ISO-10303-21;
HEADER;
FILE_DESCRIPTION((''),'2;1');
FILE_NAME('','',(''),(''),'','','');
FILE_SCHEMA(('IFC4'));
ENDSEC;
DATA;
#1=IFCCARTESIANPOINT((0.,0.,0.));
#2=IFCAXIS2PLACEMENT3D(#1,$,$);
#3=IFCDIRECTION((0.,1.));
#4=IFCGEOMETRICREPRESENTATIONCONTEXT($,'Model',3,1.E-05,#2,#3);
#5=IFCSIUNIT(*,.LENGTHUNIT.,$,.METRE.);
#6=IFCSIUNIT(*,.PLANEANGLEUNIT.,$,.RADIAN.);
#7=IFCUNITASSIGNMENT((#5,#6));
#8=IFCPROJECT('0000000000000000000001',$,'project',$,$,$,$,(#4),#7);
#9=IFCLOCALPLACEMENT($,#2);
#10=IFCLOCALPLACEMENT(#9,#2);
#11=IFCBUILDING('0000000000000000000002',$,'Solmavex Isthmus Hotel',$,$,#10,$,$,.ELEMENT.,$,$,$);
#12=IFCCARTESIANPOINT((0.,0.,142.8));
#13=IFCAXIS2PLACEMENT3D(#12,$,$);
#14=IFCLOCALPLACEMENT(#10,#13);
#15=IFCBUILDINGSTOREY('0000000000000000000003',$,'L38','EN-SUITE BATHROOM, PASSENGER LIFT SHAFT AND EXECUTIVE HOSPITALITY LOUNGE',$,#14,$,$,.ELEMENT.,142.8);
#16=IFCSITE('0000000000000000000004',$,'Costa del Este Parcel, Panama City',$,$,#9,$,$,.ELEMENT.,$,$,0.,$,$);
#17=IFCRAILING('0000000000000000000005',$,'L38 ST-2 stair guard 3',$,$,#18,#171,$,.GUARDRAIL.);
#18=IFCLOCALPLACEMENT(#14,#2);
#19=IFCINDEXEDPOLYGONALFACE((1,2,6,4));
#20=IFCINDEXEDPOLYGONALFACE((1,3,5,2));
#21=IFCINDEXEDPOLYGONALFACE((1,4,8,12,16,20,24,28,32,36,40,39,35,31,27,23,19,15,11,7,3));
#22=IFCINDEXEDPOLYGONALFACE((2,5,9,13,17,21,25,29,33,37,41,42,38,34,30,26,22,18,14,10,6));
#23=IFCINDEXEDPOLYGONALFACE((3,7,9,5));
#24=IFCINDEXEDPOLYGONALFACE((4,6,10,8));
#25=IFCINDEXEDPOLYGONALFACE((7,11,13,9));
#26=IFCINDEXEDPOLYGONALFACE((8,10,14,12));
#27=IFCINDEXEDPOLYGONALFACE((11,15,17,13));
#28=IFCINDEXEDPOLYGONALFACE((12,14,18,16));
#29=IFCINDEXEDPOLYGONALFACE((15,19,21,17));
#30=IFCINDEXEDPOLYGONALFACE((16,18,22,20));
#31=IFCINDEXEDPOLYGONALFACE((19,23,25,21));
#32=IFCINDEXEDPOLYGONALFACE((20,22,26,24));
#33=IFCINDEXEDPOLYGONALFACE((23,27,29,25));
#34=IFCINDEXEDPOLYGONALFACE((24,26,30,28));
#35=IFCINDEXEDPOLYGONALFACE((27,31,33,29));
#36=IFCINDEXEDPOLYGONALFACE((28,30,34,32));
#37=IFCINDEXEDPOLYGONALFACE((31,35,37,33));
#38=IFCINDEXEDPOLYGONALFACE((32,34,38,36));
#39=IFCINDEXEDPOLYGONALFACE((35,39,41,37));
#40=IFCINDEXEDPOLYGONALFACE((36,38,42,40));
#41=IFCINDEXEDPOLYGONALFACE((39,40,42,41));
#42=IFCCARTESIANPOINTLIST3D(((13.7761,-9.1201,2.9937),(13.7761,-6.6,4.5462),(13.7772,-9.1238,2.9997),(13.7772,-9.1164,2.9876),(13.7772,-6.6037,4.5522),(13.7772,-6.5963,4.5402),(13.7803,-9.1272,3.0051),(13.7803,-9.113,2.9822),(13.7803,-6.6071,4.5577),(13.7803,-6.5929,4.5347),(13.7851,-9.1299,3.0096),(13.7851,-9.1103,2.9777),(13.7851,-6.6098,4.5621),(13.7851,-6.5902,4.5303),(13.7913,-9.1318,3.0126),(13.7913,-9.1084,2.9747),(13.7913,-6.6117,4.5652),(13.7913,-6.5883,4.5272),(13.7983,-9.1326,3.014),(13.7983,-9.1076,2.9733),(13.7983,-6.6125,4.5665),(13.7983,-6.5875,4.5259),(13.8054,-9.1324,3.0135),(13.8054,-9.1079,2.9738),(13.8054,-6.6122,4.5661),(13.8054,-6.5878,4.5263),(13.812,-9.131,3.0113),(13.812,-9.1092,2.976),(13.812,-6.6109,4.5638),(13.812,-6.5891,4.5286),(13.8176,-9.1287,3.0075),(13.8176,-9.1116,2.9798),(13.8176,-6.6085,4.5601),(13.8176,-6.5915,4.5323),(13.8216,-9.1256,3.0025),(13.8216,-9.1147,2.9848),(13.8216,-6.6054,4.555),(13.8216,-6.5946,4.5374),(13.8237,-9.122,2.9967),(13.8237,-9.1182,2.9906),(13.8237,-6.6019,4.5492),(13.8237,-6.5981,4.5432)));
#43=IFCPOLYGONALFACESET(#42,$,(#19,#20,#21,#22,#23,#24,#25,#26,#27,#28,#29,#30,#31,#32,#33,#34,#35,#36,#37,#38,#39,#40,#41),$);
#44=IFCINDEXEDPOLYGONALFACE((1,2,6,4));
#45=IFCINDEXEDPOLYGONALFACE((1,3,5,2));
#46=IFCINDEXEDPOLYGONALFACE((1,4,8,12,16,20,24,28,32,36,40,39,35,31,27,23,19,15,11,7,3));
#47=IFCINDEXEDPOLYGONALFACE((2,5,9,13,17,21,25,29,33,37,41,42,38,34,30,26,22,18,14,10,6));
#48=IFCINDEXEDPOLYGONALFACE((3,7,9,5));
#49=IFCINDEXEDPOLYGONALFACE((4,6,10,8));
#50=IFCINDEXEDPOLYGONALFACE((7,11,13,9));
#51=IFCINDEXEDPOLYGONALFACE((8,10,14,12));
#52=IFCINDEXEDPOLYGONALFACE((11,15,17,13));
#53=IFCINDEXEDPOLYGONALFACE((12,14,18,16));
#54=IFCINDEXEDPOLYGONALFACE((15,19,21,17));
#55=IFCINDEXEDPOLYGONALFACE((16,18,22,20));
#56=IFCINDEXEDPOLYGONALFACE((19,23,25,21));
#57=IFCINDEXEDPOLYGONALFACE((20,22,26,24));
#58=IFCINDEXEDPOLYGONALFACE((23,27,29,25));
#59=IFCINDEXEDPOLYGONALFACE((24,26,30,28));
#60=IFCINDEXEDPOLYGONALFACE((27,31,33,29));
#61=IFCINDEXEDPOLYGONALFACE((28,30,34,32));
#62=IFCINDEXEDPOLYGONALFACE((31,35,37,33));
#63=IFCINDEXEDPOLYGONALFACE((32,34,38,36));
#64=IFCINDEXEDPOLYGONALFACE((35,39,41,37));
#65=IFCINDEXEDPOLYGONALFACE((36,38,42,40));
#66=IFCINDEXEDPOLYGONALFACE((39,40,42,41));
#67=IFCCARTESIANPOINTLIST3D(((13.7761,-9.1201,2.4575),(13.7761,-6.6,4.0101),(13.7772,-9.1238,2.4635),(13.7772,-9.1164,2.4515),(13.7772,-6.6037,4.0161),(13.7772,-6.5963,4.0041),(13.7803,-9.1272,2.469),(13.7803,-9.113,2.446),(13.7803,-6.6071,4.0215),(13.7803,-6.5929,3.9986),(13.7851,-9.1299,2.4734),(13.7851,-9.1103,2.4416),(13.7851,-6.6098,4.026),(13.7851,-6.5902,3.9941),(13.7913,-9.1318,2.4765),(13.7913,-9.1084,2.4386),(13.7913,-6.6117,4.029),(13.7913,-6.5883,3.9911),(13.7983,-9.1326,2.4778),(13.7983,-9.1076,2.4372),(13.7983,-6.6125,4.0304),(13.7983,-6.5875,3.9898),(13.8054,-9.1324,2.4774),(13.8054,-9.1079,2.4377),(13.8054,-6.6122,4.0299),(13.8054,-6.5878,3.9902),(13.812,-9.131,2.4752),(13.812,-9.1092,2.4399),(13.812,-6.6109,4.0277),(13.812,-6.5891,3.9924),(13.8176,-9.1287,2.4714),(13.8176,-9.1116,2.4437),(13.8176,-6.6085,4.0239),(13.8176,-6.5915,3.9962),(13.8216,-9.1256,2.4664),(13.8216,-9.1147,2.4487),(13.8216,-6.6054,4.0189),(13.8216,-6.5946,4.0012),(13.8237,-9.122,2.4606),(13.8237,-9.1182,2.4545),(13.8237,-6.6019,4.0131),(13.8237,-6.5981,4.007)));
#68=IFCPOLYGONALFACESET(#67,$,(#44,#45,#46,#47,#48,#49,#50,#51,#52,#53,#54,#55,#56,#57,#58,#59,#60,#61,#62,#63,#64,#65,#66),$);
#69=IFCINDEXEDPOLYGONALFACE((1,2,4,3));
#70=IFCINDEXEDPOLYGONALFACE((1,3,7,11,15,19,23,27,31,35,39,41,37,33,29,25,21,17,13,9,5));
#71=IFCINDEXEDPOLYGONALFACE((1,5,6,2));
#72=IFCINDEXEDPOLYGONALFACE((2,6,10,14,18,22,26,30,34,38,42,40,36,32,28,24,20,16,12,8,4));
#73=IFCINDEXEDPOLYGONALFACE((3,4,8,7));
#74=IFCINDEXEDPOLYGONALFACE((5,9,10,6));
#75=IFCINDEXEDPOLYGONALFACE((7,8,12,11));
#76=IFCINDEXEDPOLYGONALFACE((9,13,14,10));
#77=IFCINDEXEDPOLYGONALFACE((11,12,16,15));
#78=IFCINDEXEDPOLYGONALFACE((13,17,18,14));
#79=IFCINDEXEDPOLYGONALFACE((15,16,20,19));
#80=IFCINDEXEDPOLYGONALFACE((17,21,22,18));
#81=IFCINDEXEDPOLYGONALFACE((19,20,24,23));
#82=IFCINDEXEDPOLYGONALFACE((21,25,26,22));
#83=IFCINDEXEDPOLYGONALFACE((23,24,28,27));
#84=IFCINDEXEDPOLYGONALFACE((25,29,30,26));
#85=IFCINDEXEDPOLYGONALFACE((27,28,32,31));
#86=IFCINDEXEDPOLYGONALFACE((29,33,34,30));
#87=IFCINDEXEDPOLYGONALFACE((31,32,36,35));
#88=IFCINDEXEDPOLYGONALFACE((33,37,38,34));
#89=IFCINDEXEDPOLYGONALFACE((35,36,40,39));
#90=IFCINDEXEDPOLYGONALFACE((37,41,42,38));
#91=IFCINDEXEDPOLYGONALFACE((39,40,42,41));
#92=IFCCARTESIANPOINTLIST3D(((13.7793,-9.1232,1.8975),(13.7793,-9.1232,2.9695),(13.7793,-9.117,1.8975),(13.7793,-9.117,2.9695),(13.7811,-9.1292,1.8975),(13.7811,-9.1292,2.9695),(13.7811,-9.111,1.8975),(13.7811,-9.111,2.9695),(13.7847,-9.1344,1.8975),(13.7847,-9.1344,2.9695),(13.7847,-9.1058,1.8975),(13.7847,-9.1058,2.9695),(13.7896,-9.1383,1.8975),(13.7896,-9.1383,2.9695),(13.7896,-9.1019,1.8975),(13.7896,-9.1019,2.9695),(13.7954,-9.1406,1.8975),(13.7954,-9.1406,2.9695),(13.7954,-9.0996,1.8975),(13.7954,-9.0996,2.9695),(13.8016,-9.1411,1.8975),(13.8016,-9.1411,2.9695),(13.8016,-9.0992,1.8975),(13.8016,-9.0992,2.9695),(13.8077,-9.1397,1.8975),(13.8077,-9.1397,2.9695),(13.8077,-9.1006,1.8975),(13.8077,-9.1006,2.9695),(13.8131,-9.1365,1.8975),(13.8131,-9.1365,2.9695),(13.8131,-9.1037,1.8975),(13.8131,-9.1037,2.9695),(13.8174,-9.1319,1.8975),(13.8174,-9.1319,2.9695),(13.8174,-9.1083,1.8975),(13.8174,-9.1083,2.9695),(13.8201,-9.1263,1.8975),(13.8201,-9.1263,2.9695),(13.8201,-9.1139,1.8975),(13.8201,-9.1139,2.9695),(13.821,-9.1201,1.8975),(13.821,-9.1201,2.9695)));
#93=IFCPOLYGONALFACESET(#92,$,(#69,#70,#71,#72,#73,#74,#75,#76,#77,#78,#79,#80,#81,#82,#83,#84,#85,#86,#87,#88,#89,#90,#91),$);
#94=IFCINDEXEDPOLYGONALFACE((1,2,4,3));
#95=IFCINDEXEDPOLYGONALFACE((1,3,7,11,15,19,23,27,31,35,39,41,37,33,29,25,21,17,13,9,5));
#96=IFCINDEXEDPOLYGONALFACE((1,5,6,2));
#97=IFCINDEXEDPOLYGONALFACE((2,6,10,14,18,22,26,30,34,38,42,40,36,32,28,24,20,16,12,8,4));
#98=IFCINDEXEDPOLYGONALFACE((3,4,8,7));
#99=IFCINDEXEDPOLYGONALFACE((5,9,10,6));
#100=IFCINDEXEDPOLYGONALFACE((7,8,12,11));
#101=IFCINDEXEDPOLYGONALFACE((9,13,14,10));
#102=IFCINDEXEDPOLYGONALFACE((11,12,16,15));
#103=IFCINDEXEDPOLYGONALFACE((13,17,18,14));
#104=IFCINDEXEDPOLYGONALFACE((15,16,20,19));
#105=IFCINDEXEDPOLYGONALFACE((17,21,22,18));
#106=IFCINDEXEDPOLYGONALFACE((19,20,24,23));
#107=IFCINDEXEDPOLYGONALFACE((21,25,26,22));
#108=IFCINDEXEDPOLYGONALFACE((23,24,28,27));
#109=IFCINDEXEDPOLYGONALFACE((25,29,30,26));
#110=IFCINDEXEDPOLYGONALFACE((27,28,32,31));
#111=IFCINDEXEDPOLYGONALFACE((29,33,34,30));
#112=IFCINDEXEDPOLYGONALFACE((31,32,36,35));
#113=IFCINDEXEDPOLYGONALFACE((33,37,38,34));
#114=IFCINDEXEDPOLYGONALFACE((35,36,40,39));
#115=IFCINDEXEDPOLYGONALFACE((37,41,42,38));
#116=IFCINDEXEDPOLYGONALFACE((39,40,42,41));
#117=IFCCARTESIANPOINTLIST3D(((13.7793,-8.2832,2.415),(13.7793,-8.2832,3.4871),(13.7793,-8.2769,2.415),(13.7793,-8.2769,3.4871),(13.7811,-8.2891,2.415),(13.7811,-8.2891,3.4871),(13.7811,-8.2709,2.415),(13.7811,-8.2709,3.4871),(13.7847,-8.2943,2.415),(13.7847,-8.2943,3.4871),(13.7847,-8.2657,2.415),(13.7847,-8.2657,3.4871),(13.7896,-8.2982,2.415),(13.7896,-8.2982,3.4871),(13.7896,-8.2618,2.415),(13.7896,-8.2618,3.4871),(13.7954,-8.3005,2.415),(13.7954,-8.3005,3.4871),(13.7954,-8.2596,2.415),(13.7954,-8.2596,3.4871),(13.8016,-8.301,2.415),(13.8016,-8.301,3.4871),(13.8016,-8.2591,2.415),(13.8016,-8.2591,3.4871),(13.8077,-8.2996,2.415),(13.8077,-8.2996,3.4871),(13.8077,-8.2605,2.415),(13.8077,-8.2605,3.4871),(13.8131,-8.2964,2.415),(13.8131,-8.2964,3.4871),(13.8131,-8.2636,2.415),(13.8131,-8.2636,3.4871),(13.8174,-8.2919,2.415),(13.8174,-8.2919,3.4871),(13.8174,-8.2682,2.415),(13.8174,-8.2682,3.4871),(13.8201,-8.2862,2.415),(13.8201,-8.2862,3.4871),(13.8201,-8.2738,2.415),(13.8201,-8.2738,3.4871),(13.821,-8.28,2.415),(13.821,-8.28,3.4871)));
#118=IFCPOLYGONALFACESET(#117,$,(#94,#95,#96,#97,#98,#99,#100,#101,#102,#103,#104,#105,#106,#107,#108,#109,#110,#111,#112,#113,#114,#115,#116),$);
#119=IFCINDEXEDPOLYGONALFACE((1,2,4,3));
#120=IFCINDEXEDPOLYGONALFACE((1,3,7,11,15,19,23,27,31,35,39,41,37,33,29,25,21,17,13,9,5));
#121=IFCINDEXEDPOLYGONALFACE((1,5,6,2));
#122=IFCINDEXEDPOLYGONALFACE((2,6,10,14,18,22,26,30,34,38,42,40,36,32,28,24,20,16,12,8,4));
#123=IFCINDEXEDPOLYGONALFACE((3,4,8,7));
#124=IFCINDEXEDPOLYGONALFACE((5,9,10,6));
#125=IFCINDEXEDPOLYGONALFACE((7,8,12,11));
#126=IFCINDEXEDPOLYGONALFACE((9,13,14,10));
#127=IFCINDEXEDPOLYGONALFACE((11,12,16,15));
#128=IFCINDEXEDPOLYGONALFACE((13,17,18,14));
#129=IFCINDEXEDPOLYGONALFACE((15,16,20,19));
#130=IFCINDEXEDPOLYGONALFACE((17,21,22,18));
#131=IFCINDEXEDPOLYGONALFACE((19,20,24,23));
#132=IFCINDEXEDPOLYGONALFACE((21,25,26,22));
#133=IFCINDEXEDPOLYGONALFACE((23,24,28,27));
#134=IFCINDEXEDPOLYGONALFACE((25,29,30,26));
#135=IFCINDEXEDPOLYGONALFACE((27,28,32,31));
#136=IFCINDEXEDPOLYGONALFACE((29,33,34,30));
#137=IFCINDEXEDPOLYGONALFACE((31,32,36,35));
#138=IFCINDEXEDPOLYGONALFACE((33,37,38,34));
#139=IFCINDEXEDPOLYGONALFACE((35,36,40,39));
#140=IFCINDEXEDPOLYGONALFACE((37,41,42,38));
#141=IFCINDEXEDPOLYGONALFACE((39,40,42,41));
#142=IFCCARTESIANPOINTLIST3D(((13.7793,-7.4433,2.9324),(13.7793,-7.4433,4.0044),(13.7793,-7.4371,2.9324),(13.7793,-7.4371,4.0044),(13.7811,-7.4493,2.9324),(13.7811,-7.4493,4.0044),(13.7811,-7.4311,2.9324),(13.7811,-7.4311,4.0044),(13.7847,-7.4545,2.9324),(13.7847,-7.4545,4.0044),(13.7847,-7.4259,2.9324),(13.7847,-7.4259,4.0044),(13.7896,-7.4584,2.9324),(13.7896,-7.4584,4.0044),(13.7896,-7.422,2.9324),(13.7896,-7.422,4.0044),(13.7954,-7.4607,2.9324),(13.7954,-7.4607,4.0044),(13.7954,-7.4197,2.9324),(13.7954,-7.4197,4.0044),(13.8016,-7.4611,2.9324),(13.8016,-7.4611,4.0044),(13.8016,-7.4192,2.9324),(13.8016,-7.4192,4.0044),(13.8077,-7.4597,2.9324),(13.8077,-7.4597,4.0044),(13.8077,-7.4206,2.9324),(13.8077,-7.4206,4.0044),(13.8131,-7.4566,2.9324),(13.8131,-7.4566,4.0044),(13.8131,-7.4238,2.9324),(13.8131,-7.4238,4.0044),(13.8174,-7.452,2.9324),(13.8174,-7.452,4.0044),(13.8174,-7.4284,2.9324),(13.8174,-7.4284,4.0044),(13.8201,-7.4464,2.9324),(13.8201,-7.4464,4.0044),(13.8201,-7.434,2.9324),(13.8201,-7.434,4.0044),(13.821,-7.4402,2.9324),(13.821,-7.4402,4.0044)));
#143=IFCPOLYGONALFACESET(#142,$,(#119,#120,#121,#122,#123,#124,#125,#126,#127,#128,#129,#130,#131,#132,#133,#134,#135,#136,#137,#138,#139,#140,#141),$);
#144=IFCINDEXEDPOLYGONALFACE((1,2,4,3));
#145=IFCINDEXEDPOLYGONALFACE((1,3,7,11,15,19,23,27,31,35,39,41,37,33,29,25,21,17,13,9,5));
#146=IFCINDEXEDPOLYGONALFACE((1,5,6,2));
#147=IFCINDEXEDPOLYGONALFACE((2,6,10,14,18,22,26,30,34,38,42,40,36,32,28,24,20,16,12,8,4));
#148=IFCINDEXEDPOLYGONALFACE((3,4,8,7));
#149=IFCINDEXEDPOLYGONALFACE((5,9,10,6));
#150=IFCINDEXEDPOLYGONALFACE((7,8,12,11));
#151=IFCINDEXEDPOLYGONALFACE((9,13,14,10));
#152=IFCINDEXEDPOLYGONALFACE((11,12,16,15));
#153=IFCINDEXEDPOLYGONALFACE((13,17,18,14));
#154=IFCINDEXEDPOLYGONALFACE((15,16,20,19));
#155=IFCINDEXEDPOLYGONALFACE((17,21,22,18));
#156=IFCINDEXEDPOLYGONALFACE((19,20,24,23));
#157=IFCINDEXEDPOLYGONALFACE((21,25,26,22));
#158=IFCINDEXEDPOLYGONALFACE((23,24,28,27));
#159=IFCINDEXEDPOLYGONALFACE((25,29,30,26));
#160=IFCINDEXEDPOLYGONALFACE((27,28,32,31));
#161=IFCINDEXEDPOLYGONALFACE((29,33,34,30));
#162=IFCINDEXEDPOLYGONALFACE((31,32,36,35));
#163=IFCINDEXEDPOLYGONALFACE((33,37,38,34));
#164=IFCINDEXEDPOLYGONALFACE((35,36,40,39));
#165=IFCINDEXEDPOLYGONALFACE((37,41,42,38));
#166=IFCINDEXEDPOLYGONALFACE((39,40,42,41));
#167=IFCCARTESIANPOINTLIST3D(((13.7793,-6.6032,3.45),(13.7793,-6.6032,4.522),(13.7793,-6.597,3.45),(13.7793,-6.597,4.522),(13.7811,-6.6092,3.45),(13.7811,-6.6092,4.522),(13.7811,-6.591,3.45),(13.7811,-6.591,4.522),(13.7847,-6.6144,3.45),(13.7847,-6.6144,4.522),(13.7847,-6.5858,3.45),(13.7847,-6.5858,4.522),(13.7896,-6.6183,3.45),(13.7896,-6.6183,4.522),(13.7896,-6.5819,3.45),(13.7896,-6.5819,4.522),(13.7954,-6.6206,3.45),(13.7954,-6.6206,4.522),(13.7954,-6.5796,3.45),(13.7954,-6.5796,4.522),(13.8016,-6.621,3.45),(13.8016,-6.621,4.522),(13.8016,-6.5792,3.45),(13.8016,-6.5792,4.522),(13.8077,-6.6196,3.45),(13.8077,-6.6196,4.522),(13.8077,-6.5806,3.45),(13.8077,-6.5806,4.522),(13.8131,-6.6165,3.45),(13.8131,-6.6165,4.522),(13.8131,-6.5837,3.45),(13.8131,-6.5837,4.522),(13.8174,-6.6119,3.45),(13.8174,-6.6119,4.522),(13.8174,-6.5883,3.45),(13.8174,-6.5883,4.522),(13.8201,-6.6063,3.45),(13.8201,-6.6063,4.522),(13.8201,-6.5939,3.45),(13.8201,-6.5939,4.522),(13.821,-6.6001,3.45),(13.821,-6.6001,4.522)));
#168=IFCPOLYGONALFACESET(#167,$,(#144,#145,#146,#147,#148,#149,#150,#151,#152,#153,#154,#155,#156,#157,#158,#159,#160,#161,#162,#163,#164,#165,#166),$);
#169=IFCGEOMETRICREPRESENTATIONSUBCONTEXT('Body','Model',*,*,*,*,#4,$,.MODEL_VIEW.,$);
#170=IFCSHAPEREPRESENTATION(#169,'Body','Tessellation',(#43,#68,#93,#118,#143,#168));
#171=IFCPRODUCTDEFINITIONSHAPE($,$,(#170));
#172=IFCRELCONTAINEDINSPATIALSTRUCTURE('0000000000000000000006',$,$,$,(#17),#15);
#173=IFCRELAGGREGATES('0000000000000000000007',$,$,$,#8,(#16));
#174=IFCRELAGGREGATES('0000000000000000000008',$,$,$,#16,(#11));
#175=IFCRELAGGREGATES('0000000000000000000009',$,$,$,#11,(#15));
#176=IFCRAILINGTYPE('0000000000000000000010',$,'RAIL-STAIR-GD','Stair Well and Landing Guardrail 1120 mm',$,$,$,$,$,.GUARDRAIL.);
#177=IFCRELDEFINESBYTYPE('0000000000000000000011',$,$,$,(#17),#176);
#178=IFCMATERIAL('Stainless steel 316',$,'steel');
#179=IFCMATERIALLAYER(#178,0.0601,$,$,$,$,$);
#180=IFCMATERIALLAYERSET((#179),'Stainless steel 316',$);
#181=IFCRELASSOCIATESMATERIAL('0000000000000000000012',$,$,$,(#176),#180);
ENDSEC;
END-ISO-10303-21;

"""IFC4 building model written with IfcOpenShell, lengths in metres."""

from ifc_helpers import new_model, si_unit, direction, frame, origin, origin_2d, place, context, subcontext, project, spatial, circle, extrude, material, layer, layer_set, type_object, element, save


model = new_model("IFC4")

# Units and contexts
model_context = context("Model", 3, precision=1e-05, world=origin(), true_north=direction((0.0, 1.0)))
body_context = subcontext(model_context, "Body", "Model", "MODEL_VIEW")
ifc_project = project(units=[si_unit("LENGTHUNIT", "METRE"), si_unit("PLANEANGLEUNIT", "RADIAN")], contexts=[model_context])

# Site, building, storey
site_placement = place(None, origin())
site = spatial("IfcSite", under=ifc_project, at=site_placement, Name="Costa del Este Parcel, Panama City", CompositionType="ELEMENT", RefElevation=0.0)
building_placement = place(site_placement, origin())
building = spatial("IfcBuilding", under=site, at=building_placement, Name="Solmavex Isthmus Hotel", CompositionType="ELEMENT")
storey_placement = place(building_placement, frame((0.0, 0.0, 142.8)))
storey = spatial("IfcBuildingStorey", under=building, at=storey_placement, Name="L38", Description="EN-SUITE BATHROOM, PASSENGER LIFT SHAFT AND EXECUTIVE HOSPITALITY LOUNGE", CompositionType="ELEMENT", Elevation=142.8)

# Railing
ifc_material_1 = material(Name="Stainless steel 316", Category="steel")
ifc_layer_1 = layer(ifc_material_1, 0.0601)
ifc_layer_set_1 = layer_set([ifc_layer_1], Name="Stainless steel 316")
railing_type_1 = type_object("IfcRailingType", Name="RAIL-STAIR-GD", Description="Stair Well and Landing Guardrail 1120 mm", PredefinedType="GUARDRAIL", material=ifc_layer_set_1)
railing_1_placement = place(storey_placement, frame((13.8, -9.1201, 1.8975)))
element("IfcRailing", 1, at=railing_1_placement, inside=storey, type_object=railing_type_1, Name="L38 ST-2 stair guard 3", PredefinedType="GUARDRAIL", context=body_context, shape_type="SweptSolid", body=[
    extrude(circle(Radius=0.0239, at=origin_2d()), frame((0.0, 0.0, 1.0962), z_axis=(0.0, 0.8514, 0.524516), x_axis=(-1.0, 0.0, 0.0)), (0.0, 0.0, 1.0), 2.96),
    extrude(circle(Radius=0.0239, at=origin_2d()), frame((0.0, 0.0, 0.5601), z_axis=(0.0, 0.8514, 0.524516), x_axis=(-1.0, 0.0, 0.0)), (0.0, 0.0, 1.0), 2.96),
    extrude(circle(Radius=0.021, at=origin_2d()), origin(), (0.0, 0.0, 1.0), 1.072),
    extrude(circle(Radius=0.021, at=origin_2d()), frame((0.0, 0.8401, 0.5176)), (0.0, 0.0, 1.0), 1.072),
    extrude(circle(Radius=0.021, at=origin_2d()), frame((0.0, 1.6799, 1.0349)), (0.0, 0.0, 1.0), 1.072),
    extrude(circle(Radius=0.021, at=origin_2d()), frame((0.0, 2.52, 1.5525)), (0.0, 0.0, 1.0), 1.072),
])

save(model, "model.ifc")
